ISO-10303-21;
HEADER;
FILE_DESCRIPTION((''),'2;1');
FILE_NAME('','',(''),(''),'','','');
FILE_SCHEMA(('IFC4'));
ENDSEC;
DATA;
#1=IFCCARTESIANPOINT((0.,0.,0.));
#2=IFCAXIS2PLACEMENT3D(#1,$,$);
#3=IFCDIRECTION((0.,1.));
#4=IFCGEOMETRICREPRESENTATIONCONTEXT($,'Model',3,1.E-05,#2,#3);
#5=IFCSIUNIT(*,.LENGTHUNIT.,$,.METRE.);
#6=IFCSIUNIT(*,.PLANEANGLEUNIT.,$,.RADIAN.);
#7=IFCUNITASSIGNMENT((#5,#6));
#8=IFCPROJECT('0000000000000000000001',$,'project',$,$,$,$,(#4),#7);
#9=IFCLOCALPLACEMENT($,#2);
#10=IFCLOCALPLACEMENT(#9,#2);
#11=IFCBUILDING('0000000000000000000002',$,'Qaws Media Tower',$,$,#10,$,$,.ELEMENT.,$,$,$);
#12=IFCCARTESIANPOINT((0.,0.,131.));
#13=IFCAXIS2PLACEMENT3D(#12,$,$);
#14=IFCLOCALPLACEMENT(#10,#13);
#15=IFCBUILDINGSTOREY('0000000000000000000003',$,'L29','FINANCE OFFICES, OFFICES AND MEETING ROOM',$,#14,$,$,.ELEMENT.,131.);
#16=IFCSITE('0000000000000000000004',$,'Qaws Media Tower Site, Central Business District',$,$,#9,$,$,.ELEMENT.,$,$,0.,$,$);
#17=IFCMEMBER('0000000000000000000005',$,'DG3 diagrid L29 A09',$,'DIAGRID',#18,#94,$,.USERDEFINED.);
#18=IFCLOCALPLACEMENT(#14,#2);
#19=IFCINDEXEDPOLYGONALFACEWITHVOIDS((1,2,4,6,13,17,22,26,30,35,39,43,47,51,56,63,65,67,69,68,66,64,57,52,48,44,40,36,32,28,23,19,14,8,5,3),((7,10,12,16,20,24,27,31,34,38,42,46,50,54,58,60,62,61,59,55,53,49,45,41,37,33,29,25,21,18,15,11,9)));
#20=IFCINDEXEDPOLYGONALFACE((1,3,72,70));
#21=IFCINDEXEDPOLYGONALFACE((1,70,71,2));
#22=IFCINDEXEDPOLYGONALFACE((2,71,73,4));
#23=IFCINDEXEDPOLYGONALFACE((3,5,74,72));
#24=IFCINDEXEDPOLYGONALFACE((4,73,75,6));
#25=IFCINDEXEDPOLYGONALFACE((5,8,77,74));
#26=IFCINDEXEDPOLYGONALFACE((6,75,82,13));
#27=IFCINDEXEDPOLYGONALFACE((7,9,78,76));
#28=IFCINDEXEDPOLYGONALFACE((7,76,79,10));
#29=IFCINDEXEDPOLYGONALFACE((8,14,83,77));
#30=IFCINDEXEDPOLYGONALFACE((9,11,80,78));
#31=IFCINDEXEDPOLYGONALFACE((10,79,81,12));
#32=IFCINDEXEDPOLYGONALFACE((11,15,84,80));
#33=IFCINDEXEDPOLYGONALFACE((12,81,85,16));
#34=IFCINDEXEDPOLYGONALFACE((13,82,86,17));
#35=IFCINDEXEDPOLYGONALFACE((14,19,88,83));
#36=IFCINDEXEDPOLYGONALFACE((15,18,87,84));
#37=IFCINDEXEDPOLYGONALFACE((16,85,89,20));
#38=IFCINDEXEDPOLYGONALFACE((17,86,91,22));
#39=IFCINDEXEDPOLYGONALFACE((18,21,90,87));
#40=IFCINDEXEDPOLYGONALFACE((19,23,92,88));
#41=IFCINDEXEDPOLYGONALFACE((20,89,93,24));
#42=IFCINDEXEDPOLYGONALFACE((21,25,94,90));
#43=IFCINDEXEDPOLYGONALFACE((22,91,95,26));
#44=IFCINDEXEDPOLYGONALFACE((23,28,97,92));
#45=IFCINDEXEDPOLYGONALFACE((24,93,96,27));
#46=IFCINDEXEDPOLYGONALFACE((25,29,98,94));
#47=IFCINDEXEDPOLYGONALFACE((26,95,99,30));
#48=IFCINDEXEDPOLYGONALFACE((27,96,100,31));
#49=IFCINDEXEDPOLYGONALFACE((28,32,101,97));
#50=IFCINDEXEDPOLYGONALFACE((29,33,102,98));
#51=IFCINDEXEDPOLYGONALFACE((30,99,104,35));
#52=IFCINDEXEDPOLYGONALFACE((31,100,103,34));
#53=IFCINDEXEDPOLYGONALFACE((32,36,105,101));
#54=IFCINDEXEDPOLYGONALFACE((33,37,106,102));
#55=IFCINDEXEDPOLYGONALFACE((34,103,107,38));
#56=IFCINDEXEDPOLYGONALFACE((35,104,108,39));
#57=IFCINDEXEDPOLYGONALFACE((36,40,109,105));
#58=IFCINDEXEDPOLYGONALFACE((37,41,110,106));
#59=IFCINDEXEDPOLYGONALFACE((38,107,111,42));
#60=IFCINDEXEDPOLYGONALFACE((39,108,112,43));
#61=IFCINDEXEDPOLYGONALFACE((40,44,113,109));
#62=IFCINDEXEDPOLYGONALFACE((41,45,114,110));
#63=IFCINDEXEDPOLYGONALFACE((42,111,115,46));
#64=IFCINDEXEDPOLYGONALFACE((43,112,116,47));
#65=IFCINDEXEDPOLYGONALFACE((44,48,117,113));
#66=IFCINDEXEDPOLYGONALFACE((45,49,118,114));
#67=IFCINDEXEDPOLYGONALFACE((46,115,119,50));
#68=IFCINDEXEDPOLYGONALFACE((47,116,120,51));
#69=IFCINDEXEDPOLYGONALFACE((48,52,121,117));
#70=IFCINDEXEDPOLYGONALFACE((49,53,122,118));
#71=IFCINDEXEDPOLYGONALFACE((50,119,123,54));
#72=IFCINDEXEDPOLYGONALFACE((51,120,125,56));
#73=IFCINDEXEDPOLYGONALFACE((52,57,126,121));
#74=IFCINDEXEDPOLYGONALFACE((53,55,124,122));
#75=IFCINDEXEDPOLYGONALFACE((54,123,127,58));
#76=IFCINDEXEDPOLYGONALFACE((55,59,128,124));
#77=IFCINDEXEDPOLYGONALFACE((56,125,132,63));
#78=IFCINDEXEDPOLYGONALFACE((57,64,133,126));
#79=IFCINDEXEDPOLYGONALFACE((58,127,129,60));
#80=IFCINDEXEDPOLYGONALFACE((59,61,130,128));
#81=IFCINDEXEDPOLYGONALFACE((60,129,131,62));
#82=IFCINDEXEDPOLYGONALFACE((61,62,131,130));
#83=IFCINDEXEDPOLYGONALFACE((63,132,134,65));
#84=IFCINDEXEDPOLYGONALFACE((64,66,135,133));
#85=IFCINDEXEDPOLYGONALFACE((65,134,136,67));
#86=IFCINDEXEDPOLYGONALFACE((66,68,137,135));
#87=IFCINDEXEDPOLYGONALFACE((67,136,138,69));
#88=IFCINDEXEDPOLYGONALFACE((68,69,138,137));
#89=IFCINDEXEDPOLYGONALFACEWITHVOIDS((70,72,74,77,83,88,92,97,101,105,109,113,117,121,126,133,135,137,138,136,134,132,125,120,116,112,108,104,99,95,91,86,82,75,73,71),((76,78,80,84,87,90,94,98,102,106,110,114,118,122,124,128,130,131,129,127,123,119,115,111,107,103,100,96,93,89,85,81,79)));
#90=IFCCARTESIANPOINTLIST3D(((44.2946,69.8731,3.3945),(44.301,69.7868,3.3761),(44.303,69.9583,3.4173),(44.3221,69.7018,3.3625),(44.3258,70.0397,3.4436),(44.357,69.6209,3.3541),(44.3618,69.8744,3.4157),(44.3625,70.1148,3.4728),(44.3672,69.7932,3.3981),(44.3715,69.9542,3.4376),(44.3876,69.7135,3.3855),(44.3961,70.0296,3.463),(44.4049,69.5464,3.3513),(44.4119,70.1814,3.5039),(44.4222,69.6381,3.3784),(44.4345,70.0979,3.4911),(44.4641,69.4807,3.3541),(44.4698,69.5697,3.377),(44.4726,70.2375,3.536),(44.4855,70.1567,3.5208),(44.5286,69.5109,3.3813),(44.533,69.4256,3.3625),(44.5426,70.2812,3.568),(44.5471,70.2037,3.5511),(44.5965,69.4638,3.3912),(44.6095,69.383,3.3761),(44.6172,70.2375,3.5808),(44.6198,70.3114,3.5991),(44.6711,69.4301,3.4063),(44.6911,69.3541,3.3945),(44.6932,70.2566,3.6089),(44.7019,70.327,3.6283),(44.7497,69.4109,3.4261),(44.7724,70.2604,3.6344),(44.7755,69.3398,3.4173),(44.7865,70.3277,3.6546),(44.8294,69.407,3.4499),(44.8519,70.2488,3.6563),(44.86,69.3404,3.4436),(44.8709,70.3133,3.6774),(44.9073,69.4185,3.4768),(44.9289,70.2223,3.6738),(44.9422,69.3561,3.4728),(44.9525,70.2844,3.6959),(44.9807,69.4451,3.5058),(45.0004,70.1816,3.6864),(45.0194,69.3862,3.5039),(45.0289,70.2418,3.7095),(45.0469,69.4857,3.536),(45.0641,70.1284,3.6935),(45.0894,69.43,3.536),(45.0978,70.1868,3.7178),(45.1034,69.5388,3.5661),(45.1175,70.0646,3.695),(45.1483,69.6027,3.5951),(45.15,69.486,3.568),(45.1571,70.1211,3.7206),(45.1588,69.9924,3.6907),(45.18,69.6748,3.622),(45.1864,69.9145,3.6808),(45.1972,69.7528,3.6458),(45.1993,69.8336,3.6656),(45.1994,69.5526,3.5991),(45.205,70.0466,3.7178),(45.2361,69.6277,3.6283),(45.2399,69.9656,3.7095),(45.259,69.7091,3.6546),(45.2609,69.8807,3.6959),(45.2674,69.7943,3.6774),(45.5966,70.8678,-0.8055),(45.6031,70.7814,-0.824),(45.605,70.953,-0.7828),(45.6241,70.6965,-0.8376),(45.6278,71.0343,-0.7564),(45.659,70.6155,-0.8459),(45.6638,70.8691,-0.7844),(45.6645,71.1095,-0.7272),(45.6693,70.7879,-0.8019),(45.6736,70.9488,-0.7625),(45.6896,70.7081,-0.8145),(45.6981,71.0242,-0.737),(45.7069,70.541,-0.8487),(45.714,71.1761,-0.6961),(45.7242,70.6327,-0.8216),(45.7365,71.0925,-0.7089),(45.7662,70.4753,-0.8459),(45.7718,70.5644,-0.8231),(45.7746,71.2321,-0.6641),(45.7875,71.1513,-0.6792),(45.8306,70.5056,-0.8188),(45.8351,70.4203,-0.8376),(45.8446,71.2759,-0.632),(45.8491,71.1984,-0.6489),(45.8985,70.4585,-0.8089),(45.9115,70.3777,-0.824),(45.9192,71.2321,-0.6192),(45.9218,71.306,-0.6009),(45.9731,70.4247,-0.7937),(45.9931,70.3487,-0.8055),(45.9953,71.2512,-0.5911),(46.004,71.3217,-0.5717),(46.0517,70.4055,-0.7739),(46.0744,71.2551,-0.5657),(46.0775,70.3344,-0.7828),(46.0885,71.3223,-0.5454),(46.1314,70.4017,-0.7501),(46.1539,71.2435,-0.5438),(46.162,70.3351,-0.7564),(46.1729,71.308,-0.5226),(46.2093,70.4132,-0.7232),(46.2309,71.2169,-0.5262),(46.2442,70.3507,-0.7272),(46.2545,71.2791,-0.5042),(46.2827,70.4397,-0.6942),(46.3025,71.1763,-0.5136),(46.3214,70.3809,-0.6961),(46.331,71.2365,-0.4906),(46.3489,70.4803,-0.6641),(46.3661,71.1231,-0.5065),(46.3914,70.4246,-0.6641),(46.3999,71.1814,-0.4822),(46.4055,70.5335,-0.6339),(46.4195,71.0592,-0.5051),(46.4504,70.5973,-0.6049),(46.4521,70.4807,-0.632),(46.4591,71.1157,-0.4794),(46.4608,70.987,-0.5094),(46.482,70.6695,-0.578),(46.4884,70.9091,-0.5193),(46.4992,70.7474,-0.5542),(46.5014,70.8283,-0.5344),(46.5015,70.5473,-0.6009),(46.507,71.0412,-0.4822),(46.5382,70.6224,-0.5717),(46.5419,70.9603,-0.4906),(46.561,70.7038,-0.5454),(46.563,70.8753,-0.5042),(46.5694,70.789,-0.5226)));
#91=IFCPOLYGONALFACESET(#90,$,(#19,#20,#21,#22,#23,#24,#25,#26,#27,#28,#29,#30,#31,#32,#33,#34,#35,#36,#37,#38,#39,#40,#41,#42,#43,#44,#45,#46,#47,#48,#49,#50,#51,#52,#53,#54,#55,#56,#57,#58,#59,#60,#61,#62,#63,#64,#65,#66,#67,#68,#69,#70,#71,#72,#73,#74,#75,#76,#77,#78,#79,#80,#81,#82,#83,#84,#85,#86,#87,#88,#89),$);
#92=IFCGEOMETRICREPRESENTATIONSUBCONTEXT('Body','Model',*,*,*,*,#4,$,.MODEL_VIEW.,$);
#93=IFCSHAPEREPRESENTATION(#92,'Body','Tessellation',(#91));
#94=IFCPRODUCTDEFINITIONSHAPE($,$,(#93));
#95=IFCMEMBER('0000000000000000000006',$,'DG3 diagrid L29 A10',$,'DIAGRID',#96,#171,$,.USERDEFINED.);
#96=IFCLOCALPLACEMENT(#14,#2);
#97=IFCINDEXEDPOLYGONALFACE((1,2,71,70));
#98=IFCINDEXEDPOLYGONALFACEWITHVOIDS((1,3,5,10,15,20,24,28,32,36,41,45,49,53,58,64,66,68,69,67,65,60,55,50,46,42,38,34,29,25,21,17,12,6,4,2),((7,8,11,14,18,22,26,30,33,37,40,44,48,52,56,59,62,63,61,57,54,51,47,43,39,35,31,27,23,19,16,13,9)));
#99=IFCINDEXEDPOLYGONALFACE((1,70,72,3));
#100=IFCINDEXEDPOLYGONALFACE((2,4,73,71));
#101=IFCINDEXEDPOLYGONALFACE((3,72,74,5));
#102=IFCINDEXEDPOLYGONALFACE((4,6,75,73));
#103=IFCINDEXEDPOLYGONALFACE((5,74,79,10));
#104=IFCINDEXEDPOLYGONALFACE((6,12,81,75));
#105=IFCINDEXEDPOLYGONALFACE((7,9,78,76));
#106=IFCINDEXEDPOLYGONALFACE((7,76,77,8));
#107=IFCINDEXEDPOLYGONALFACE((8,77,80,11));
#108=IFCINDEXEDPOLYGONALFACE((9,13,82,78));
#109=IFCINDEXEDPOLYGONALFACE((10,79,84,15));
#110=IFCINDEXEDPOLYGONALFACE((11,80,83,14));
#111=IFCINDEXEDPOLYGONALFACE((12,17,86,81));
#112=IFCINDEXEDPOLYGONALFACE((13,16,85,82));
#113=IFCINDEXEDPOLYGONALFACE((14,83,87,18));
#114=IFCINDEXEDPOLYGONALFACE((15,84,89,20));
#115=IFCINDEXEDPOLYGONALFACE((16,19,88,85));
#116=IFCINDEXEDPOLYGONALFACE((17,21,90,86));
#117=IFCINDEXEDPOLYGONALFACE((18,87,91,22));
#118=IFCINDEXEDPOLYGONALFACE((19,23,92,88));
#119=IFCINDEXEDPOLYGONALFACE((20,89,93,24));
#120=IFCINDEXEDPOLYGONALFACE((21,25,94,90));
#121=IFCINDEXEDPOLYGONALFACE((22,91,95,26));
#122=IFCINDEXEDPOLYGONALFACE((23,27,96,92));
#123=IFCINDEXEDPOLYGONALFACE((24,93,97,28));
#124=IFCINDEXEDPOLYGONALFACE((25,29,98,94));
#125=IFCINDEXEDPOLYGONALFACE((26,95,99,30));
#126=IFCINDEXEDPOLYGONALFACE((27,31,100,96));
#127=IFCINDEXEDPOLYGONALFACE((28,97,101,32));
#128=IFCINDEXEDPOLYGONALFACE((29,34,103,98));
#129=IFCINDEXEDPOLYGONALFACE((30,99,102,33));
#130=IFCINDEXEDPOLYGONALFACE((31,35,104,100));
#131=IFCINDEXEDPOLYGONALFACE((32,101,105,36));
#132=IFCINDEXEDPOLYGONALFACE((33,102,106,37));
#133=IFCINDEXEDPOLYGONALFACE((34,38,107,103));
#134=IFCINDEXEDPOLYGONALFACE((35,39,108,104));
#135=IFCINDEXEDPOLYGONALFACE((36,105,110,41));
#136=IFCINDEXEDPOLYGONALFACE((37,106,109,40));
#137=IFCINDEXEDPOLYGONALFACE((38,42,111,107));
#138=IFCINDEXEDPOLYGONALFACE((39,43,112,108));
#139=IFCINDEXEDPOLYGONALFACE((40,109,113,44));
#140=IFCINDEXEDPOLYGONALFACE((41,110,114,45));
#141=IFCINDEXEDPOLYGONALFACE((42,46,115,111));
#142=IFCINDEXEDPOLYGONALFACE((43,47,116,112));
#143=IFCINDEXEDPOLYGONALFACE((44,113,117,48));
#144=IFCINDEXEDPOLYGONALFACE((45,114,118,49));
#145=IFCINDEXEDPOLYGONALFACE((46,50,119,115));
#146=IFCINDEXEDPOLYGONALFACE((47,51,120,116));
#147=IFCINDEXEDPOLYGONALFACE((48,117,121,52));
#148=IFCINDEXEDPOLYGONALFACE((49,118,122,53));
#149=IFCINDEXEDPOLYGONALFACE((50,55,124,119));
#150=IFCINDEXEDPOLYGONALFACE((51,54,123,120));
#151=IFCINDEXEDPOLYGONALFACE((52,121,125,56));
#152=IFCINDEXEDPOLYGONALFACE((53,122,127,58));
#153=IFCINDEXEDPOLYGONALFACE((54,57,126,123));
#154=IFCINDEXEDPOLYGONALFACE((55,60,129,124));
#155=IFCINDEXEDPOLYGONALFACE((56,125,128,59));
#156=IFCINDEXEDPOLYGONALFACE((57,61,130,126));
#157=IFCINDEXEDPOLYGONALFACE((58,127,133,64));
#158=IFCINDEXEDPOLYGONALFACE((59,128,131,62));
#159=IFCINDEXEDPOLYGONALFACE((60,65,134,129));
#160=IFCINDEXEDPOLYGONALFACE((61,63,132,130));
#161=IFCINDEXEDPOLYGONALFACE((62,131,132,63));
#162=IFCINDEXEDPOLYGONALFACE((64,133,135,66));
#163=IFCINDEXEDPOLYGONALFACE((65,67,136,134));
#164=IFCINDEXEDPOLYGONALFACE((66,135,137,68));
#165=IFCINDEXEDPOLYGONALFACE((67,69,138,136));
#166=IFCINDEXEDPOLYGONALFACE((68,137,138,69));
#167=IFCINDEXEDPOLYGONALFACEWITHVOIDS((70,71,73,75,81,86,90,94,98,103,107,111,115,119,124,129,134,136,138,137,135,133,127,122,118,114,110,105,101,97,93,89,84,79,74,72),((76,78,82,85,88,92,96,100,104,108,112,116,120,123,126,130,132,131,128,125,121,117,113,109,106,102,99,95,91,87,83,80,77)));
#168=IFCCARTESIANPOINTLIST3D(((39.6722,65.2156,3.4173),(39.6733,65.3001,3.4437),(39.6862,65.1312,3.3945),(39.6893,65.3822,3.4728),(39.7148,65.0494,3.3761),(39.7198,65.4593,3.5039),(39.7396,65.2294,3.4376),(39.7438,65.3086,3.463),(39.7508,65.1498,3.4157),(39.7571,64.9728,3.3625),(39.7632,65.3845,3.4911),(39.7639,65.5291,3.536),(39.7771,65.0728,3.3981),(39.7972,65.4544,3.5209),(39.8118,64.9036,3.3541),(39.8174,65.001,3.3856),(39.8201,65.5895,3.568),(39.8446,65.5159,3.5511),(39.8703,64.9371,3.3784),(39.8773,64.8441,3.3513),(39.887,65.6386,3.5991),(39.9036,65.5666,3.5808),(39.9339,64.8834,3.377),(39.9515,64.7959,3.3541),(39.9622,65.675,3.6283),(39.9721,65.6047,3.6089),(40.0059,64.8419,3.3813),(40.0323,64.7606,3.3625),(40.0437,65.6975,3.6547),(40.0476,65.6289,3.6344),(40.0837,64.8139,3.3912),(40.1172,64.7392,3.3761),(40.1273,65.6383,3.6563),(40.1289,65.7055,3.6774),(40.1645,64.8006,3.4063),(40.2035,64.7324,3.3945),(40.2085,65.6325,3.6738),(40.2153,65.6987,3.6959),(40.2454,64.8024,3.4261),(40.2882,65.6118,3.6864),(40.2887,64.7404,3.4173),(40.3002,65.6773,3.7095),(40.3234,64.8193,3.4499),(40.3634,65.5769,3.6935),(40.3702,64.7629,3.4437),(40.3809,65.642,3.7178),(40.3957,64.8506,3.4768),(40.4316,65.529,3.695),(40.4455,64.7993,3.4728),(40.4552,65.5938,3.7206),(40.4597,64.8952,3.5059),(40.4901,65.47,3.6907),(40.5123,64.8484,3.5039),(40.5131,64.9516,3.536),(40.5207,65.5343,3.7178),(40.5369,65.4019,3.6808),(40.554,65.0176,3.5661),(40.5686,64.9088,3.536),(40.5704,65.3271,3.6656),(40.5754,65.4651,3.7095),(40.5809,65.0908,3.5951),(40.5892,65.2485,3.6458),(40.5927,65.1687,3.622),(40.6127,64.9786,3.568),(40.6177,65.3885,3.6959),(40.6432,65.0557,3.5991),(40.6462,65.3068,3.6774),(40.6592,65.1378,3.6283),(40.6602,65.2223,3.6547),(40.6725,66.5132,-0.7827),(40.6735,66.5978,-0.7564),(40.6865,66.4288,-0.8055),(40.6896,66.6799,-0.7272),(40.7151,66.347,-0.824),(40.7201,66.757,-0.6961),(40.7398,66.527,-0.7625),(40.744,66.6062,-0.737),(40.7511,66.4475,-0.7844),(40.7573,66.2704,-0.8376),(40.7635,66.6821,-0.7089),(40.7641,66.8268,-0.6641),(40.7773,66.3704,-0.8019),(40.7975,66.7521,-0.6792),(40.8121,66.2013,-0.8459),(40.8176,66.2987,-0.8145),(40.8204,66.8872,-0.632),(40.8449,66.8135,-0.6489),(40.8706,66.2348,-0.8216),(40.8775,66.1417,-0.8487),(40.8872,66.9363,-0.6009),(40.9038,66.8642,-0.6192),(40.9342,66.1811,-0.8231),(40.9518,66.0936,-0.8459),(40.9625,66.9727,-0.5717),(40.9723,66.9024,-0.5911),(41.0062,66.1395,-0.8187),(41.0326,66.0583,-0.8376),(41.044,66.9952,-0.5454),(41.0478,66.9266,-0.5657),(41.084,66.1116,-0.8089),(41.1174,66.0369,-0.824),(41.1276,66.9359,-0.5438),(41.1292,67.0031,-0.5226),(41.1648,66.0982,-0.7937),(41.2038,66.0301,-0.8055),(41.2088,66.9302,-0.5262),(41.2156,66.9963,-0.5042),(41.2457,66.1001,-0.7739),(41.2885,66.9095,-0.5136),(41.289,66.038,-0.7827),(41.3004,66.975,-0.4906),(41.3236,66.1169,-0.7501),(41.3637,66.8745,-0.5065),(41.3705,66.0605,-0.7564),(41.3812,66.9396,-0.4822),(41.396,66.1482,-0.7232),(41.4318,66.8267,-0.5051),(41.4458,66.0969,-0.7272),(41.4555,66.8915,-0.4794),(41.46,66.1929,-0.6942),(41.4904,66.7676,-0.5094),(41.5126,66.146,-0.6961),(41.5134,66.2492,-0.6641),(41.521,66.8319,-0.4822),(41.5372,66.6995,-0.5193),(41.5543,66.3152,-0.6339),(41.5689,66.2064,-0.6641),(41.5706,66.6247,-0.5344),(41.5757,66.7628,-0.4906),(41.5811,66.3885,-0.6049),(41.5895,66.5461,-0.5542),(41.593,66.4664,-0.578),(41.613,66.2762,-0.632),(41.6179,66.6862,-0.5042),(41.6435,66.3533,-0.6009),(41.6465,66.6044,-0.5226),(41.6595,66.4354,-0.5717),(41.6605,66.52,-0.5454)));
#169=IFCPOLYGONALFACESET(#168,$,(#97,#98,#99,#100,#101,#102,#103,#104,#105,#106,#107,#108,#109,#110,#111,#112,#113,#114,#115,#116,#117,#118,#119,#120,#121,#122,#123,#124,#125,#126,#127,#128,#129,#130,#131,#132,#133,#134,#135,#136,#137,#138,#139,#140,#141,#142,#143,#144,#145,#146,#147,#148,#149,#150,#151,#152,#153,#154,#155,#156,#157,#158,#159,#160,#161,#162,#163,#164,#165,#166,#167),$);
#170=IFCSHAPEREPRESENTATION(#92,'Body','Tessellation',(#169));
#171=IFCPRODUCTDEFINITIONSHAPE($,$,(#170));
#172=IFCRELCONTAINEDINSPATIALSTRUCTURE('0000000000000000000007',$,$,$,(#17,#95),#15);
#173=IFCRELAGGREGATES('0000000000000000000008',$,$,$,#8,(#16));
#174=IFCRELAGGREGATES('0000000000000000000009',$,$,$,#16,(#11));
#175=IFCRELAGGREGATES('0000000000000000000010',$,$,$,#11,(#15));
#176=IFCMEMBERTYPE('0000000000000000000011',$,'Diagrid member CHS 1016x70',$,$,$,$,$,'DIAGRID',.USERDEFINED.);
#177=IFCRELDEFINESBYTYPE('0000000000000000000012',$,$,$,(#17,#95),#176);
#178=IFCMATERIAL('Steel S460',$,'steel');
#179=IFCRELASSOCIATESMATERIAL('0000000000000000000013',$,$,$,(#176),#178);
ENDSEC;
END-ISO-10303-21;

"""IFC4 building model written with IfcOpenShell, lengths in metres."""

from ifc_helpers import new_model, si_unit, direction, frame, origin, origin_2d, place, context, subcontext, project, spatial, hollow_circle, extrude, material, material_profile, profile_set, type_object, element, save


model = new_model("IFC4")

# Units and contexts
model_context = context("Model", 3, precision=1e-05, world=origin(), true_north=direction((0.0, 1.0)))
body_context = subcontext(model_context, "Body", "Model", "MODEL_VIEW")
ifc_project = project(units=[si_unit("LENGTHUNIT", "METRE"), si_unit("PLANEANGLEUNIT", "RADIAN")], contexts=[model_context])

# Site, building, storey
site_placement = place(None, origin())
site = spatial("IfcSite", under=ifc_project, at=site_placement, Name="Qaws Media Tower Site, Central Business District", CompositionType="ELEMENT", RefElevation=0.0)
building_placement = place(site_placement, origin())
building = spatial("IfcBuilding", under=site, at=building_placement, Name="Qaws Media Tower", CompositionType="ELEMENT")
storey_placement = place(building_placement, frame((0.0, 0.0, 131.0)))
storey = spatial("IfcBuildingStorey", under=building, at=storey_placement, Name="L29", Description="FINANCE OFFICES, OFFICES AND MEETING ROOM", CompositionType="ELEMENT", Elevation=131.0)

# Members
ifc_material_1 = material(Name="Steel S460", Category="steel")
ifc_material_profile_1 = material_profile(ifc_material_1, hollow_circle(Radius=0.5081, WallThickness=0.0701, at=origin_2d()), Name="CHS 1016x70")
ifc_profile_set_1 = profile_set([ifc_material_profile_1], Name="Steel S460")
member_type_1 = type_object("IfcMemberType", Name="Diagrid member CHS 1016x70", ElementType="DIAGRID", PredefinedType="USERDEFINED", material=ifc_profile_set_1)
for number, where, z_axis, x_axis, name in (
    (1, (46.083, 70.8284, -0.6641), (-0.288806, -0.220625, 0.93162), (0.607057, -0.794658, 0.0), "DG3 diagrid L29 A09"),
    (2, (41.1665, 66.5166, -0.6641), (-0.221872, -0.287833, 0.931625), (0.792009, -0.61051, 0.0), "DG3 diagrid L29 A10"),
):
    element("IfcMember", number, at=place(storey_placement, frame(where, z_axis=z_axis, x_axis=x_axis)), inside=storey, type_object=member_type_1, Name=name, ObjectType="DIAGRID", PredefinedType="USERDEFINED", context=body_context, shape_type="SweptSolid", body=[
        extrude(hollow_circle(Radius=0.5081, WallThickness=0.0701, at=origin_2d()), origin(), (0.0, 0.0, 1.0), 4.5083),
    ])

save(model, "model.ifc")
